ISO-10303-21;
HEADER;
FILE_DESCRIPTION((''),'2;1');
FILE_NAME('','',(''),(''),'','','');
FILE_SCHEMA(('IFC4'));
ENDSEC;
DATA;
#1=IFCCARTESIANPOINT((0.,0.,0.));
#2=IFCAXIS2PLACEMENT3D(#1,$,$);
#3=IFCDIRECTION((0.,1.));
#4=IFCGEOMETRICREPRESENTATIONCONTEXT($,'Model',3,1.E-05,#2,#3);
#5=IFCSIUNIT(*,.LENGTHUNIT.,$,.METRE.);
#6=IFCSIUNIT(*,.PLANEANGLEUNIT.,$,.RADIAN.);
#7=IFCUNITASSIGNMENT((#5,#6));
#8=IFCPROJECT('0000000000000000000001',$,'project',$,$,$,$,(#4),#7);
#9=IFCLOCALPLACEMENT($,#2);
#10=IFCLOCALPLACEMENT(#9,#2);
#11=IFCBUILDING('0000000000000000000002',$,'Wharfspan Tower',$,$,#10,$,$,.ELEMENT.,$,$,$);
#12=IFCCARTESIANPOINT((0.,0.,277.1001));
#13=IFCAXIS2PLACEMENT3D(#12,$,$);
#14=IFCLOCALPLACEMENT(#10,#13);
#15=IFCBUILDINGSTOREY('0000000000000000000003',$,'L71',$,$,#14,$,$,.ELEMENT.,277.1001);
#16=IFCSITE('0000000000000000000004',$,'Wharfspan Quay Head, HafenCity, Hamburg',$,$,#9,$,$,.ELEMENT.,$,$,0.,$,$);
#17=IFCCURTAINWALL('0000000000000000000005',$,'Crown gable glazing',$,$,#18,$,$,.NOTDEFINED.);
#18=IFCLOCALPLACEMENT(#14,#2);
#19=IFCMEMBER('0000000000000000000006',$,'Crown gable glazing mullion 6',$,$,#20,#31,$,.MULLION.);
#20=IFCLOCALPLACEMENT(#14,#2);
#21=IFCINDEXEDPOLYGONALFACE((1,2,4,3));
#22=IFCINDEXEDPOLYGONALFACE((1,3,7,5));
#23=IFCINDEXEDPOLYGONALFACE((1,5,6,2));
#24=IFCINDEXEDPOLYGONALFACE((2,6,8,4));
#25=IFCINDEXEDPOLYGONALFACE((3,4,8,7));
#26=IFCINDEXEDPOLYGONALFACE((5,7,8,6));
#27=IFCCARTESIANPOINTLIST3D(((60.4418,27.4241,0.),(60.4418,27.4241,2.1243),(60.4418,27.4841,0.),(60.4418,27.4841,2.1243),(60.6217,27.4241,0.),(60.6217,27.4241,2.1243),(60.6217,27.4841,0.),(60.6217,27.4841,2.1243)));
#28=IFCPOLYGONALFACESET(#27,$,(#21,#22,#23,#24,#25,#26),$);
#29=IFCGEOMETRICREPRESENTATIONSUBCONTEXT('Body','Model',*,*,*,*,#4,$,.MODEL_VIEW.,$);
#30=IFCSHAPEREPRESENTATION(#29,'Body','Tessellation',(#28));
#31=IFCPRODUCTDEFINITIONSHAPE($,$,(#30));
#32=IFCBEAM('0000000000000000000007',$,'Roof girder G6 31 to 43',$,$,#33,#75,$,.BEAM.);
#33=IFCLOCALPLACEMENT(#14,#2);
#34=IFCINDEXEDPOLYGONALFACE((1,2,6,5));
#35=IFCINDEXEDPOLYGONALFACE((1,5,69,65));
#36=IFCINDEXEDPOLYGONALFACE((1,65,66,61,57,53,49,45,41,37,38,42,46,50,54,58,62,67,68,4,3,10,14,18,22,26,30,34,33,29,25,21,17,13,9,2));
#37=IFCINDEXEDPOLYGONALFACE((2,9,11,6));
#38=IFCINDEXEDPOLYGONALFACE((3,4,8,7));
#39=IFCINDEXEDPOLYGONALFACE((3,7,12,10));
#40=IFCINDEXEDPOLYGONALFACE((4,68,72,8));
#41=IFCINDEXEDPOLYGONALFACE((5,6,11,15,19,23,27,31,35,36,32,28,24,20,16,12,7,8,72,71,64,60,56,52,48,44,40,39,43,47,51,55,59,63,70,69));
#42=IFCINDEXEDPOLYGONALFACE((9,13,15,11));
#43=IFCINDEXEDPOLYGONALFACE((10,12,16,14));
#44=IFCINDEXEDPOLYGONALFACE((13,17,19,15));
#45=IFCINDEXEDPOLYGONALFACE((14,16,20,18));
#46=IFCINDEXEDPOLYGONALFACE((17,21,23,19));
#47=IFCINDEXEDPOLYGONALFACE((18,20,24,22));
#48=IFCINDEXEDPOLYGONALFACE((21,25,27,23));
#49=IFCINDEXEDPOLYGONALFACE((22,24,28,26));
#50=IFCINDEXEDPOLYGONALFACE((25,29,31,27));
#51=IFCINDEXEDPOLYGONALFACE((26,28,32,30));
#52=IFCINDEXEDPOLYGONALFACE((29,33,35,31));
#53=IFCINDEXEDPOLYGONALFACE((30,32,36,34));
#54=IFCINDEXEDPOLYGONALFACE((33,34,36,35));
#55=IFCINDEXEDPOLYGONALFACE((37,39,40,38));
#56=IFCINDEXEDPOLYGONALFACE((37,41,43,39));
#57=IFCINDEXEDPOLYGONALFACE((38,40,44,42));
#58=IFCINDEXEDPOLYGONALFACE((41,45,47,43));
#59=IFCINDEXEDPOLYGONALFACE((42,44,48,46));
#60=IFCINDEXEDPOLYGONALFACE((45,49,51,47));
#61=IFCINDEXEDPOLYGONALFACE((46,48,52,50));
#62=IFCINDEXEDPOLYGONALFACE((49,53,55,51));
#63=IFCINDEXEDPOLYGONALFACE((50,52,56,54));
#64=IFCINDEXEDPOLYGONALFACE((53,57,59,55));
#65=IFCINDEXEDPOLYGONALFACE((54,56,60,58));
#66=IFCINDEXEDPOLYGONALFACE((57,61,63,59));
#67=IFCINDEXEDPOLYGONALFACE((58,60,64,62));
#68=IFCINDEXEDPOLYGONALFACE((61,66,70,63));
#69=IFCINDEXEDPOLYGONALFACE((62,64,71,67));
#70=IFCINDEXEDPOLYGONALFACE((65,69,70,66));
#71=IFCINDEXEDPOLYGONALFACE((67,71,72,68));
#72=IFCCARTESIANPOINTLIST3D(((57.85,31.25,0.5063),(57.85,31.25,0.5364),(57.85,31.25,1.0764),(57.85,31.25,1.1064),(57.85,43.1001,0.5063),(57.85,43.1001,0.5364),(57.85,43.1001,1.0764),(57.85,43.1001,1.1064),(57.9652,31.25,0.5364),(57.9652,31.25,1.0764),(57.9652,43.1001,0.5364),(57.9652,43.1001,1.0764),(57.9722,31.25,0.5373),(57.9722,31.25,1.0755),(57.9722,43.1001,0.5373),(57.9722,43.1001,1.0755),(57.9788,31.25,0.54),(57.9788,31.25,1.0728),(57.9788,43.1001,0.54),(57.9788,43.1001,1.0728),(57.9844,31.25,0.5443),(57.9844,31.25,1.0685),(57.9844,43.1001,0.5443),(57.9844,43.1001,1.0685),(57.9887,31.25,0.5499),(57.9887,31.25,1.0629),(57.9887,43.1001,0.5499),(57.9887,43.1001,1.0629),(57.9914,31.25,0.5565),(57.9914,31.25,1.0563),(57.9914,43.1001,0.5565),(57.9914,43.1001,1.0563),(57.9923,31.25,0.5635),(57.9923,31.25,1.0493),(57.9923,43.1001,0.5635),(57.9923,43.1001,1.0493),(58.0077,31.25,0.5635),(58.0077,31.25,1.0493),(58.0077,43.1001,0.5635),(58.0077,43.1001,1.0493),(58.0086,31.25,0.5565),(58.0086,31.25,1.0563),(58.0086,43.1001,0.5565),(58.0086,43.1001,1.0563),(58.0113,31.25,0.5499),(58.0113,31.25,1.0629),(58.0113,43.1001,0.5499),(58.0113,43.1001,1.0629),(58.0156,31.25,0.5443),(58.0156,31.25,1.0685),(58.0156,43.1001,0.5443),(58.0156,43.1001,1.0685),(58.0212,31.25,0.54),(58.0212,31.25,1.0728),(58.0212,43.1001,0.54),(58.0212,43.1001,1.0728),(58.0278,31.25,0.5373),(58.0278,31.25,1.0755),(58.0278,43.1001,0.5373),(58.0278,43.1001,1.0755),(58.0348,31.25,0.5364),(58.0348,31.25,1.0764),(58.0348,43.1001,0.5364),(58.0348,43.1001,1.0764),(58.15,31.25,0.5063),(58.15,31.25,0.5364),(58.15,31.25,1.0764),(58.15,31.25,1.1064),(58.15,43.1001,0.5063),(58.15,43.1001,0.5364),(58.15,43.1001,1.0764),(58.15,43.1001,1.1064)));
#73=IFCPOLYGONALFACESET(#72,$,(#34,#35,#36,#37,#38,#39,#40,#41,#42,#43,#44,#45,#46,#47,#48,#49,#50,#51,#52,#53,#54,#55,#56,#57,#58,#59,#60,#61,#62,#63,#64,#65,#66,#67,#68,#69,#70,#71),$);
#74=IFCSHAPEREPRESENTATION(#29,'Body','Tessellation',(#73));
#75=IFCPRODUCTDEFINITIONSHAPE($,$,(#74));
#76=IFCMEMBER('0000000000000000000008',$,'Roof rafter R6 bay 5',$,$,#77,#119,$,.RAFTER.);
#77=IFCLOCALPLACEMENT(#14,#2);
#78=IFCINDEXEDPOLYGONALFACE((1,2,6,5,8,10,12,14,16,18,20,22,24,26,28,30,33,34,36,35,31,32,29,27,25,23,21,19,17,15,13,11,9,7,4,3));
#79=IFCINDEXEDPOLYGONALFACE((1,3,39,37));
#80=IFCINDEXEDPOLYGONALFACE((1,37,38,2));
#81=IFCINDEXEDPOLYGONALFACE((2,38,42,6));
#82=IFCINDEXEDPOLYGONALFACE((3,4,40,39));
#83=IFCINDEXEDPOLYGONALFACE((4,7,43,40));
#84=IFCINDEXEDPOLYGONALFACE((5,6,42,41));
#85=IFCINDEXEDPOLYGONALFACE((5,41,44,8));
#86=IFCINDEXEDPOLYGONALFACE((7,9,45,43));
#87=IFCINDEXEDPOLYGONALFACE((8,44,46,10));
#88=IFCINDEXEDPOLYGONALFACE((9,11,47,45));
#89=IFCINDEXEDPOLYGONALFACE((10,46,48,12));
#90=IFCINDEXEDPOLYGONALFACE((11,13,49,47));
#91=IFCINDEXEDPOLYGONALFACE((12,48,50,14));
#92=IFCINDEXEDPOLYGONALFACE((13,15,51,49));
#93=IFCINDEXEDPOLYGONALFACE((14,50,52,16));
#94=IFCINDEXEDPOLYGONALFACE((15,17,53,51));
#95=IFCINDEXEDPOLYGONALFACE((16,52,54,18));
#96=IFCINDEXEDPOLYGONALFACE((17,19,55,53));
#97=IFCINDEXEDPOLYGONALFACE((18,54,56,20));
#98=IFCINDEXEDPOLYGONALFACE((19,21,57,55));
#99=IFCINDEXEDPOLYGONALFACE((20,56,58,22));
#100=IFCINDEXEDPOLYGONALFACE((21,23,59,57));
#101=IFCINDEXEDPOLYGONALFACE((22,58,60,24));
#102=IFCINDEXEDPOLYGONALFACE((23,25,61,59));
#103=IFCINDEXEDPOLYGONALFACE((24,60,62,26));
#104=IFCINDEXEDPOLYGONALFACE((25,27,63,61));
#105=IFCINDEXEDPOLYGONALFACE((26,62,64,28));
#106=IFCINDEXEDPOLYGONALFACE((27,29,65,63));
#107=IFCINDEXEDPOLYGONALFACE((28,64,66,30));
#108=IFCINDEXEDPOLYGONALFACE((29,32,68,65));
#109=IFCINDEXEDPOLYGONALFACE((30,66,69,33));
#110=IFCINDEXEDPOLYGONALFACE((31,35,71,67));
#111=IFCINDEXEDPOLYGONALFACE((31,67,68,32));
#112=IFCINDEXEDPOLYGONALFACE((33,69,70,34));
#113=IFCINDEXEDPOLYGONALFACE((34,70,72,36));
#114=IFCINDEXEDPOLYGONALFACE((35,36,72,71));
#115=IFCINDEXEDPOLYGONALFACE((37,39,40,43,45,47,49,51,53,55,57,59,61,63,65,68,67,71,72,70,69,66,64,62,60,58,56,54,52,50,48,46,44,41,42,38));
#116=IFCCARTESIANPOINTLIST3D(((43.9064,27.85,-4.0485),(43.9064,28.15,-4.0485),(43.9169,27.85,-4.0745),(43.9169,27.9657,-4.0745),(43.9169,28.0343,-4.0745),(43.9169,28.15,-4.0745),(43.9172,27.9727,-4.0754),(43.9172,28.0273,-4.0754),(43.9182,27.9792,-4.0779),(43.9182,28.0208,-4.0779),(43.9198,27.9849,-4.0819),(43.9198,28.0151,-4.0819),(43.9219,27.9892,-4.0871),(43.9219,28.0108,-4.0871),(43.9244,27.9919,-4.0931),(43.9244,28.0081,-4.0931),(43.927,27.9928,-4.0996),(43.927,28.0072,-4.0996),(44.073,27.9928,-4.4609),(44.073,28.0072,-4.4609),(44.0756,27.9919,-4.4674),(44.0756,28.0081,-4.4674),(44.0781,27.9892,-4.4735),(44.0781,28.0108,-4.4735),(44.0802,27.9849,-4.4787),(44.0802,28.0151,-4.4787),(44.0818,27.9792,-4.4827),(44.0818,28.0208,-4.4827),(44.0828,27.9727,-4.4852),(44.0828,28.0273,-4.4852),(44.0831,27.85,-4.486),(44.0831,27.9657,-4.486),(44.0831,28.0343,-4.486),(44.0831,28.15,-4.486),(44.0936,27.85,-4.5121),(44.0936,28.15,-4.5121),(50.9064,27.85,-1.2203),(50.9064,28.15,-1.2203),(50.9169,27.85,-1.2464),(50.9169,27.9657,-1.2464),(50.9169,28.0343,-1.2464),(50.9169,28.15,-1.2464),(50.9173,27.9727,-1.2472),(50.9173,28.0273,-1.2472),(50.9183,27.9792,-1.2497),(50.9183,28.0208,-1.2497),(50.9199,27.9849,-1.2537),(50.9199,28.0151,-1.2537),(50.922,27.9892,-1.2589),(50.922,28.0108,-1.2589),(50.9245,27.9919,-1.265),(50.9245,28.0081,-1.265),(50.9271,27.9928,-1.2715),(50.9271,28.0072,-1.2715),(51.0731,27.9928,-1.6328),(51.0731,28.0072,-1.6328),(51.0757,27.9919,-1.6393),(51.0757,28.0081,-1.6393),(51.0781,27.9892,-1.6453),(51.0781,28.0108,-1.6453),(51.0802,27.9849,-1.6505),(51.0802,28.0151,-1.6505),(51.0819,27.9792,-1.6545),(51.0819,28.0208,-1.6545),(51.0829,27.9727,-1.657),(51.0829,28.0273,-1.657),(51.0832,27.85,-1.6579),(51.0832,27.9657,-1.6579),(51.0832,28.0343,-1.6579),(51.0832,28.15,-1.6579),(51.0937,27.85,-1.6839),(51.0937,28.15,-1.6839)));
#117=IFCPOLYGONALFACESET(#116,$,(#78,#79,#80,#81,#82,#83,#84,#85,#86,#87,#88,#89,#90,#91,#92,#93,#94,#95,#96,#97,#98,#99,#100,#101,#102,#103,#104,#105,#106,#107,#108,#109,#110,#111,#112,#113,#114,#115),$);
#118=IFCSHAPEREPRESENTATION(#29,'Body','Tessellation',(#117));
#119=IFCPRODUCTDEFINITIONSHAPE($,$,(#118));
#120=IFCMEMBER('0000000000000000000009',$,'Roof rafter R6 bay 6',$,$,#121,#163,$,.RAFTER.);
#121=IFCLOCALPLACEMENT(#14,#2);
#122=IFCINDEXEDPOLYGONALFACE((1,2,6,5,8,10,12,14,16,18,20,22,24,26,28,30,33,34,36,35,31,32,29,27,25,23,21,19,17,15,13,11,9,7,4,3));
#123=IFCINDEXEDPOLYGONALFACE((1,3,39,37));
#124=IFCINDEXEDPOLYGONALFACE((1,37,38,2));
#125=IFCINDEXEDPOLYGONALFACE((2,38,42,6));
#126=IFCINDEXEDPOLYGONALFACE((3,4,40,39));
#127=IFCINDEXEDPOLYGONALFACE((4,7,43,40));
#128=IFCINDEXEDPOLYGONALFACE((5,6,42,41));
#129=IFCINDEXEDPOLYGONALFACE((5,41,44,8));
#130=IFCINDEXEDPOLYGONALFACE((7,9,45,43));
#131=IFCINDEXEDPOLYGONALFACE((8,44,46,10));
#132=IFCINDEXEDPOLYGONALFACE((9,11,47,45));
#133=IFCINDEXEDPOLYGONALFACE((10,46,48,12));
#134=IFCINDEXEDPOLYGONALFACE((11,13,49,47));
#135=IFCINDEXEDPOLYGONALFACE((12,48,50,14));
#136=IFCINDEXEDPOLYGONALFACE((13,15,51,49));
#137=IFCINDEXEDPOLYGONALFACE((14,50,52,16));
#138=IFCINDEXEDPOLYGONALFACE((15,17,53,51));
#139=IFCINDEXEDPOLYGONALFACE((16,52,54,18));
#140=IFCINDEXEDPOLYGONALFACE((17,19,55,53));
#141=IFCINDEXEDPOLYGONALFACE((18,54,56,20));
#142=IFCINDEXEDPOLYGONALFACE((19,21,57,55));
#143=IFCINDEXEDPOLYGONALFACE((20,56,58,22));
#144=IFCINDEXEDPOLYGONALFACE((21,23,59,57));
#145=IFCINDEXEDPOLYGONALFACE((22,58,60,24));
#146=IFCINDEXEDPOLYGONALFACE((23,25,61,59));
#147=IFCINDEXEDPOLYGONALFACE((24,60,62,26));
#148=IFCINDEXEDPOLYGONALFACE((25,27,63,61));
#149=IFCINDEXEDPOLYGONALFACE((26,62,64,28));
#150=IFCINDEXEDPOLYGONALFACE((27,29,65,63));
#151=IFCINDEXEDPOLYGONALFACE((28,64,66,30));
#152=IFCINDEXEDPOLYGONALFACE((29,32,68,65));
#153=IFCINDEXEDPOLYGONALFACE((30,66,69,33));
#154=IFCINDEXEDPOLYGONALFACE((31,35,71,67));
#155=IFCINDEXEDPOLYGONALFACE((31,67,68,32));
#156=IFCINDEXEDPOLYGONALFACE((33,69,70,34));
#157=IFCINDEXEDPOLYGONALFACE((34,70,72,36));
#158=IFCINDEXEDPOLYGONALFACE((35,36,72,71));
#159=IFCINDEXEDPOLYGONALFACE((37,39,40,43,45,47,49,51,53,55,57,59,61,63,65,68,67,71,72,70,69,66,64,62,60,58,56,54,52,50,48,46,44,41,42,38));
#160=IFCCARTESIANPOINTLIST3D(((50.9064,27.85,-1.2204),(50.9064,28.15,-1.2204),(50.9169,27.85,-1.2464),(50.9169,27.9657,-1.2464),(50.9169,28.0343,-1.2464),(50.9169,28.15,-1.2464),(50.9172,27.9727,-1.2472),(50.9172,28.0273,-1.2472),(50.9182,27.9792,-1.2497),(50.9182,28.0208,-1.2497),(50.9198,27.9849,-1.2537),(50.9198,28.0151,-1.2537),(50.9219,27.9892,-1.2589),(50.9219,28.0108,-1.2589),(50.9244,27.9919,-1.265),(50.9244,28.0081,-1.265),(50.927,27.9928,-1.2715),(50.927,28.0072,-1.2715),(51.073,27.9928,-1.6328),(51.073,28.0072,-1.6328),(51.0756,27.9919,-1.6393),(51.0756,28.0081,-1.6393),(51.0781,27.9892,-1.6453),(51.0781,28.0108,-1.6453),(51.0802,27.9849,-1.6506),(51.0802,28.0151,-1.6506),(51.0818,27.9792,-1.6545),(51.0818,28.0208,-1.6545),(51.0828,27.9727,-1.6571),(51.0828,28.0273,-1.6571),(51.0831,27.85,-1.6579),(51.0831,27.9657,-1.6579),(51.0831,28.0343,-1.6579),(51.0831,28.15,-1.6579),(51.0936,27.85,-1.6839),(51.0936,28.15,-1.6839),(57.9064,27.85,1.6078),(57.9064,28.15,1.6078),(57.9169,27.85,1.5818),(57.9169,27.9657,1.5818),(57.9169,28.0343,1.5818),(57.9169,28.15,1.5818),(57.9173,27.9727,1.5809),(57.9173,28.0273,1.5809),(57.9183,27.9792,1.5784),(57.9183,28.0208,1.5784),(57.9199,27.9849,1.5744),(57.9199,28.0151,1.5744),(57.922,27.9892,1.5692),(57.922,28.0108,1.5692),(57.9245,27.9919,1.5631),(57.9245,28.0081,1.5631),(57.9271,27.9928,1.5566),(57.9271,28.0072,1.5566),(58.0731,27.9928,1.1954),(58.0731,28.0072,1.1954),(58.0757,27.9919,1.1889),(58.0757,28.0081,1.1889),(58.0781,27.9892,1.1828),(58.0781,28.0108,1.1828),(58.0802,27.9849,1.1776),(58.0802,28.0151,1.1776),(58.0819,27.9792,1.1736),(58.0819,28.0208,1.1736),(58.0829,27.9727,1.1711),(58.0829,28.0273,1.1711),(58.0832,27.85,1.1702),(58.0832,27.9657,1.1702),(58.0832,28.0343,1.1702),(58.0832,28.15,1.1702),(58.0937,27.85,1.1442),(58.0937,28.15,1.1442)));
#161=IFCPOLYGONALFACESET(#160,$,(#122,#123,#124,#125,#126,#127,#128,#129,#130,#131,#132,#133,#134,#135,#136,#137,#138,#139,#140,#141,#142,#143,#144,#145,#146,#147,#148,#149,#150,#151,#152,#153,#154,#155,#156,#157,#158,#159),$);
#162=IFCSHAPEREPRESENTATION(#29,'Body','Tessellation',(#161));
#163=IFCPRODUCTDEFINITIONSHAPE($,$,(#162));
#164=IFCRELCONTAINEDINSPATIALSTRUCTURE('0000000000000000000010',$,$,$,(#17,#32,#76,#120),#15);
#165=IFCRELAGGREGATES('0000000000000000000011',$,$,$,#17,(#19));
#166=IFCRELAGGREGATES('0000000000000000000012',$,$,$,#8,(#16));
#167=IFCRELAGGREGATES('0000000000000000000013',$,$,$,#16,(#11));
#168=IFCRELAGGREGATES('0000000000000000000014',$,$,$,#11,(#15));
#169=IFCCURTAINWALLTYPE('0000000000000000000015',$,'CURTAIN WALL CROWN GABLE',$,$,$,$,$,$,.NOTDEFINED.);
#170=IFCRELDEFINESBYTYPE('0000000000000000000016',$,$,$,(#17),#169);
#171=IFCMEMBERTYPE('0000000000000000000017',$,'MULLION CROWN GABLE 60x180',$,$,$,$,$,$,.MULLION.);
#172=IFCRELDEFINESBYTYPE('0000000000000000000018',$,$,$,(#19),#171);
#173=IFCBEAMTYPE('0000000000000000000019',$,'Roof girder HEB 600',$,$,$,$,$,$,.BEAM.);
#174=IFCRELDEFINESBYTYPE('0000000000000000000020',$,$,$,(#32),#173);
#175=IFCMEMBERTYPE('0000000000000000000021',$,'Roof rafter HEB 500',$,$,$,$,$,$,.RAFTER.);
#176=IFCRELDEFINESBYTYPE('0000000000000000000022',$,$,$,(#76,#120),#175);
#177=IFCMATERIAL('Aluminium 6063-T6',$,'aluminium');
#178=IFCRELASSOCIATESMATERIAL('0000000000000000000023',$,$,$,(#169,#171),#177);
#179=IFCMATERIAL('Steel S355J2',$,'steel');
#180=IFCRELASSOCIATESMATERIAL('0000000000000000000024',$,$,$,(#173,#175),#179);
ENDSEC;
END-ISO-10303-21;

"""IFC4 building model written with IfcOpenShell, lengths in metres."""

from ifc_helpers import new_model, si_unit, direction, frame, origin, origin_2d, place, context, subcontext, project, spatial, rectangle, i_section, extrude, material, material_profile, profile_set, type_object, element, aggregate, save


model = new_model("IFC4")

# Units and contexts
model_context = context("Model", 3, precision=1e-05, world=origin(), true_north=direction((0.0, 1.0)))
body_context = subcontext(model_context, "Body", "Model", "MODEL_VIEW")
ifc_project = project(units=[si_unit("LENGTHUNIT", "METRE"), si_unit("PLANEANGLEUNIT", "RADIAN")], contexts=[model_context])

# Site, building, storey
site_placement = place(None, origin())
site = spatial("IfcSite", under=ifc_project, at=site_placement, Name="Wharfspan Quay Head, HafenCity, Hamburg", CompositionType="ELEMENT", RefElevation=0.0)
building_placement = place(site_placement, origin())
building = spatial("IfcBuilding", under=site, at=building_placement, Name="Wharfspan Tower", CompositionType="ELEMENT")
storey_placement = place(building_placement, frame((0.0, 0.0, 277.1001)))
storey = spatial("IfcBuildingStorey", under=building, at=storey_placement, Name="L71", CompositionType="ELEMENT", Elevation=277.1001)

# Curtain wall, member
ifc_material_1 = material(Name="Aluminium 6063-T6", Category="aluminium")
curtain_wall_type = type_object("IfcCurtainWallType", Name="CURTAIN WALL CROWN GABLE", PredefinedType="NOTDEFINED", material=ifc_material_1)
curtain_wall_placement = place(storey_placement, origin())
curtain_wall = element("IfcCurtainWall", 1, at=curtain_wall_placement, inside=storey, type_object=curtain_wall_type, Name="Crown gable glazing", PredefinedType="NOTDEFINED")
ifc_material_profile_1 = material_profile(ifc_material_1, rectangle(XDim=0.1799, YDim=0.0601, at=origin_2d()))
ifc_profile_set_1 = profile_set([ifc_material_profile_1], Name="Aluminium 6063-T6")
member_type_1 = type_object("IfcMemberType", Name="MULLION CROWN GABLE 60x180", PredefinedType="MULLION", material=ifc_profile_set_1)
member_1_placement = place(storey_placement, frame((60.5317, 27.4541, 0.0), z_axis=(0.0, 0.0, 1.0), x_axis=(-1.0, 0.0, 0.0)))
member_1 = element("IfcMember", 2, at=member_1_placement, type_object=member_type_1, Name="Crown gable glazing mullion 6", PredefinedType="MULLION", context=body_context, shape_type="SweptSolid", body=[
    extrude(rectangle(XDim=0.1799, YDim=0.0601, at=origin_2d()), origin(), (0.0, 0.0, 1.0), 2.1243),
])
aggregate(curtain_wall, [member_1])

# Beam
ifc_material_2 = material(Name="Steel S355J2", Category="steel")
ifc_material_profile_2 = material_profile(ifc_material_2, i_section(OverallWidth=0.3, OverallDepth=0.6001, WebThickness=0.0154, FlangeThickness=0.03, FilletRadius=0.0271, at=origin_2d()))
ifc_profile_set_2 = profile_set([ifc_material_profile_2], Name="Steel S355J2")
beam_type = type_object("IfcBeamType", Name="Roof girder HEB 600", PredefinedType="BEAM", material=ifc_profile_set_2)
beam_placement = place(storey_placement, frame((58.0, 31.25, 0.8064), z_axis=(0.0, 1.0, 0.0), x_axis=(-1.0, 0.0, 0.0)))
element("IfcBeam", 3, at=beam_placement, inside=storey, type_object=beam_type, Name="Roof girder G6 31 to 43", PredefinedType="BEAM", context=body_context, shape_type="SweptSolid", body=[
    extrude(i_section(OverallWidth=0.3, OverallDepth=0.6001, WebThickness=0.0154, FlangeThickness=0.03, FilletRadius=0.0271, at=origin_2d()), origin(), (0.0, 0.0, 1.0), 11.8501),
])

# Members
ifc_material_profile_3 = material_profile(ifc_material_2, i_section(OverallWidth=0.3, OverallDepth=0.5, WebThickness=0.0144, FlangeThickness=0.0281, FilletRadius=0.0271, at=origin_2d()))
ifc_profile_set_3 = profile_set([ifc_material_profile_3], Name="Steel S355J2")
member_type_2 = type_object("IfcMemberType", Name="Roof rafter HEB 500", PredefinedType="RAFTER", material=ifc_profile_set_3)
for number, where, z_axis, x_axis, name in (
    (4, (44.0, 28.0, -4.2803), (0.927187, 0.0, 0.3746), (0.0, 1.0, 0.0), "Roof rafter R6 bay 5"),
    (5, (51.0, 28.0, -1.4521), (0.927187, 0.0, 0.3746), (0.0, 1.0, 0.0), "Roof rafter R6 bay 6"),
):
    element("IfcMember", number, at=place(storey_placement, frame(where, z_axis=z_axis, x_axis=x_axis)), inside=storey, type_object=member_type_2, Name=name, PredefinedType="RAFTER", context=body_context, shape_type="SweptSolid", body=[
        extrude(i_section(OverallWidth=0.3, OverallDepth=0.5, WebThickness=0.0144, FlangeThickness=0.0281, FilletRadius=0.0271, at=origin_2d()), origin(), (0.0, 0.0, 1.0), 7.5498),
    ])

save(model, "model.ifc")
